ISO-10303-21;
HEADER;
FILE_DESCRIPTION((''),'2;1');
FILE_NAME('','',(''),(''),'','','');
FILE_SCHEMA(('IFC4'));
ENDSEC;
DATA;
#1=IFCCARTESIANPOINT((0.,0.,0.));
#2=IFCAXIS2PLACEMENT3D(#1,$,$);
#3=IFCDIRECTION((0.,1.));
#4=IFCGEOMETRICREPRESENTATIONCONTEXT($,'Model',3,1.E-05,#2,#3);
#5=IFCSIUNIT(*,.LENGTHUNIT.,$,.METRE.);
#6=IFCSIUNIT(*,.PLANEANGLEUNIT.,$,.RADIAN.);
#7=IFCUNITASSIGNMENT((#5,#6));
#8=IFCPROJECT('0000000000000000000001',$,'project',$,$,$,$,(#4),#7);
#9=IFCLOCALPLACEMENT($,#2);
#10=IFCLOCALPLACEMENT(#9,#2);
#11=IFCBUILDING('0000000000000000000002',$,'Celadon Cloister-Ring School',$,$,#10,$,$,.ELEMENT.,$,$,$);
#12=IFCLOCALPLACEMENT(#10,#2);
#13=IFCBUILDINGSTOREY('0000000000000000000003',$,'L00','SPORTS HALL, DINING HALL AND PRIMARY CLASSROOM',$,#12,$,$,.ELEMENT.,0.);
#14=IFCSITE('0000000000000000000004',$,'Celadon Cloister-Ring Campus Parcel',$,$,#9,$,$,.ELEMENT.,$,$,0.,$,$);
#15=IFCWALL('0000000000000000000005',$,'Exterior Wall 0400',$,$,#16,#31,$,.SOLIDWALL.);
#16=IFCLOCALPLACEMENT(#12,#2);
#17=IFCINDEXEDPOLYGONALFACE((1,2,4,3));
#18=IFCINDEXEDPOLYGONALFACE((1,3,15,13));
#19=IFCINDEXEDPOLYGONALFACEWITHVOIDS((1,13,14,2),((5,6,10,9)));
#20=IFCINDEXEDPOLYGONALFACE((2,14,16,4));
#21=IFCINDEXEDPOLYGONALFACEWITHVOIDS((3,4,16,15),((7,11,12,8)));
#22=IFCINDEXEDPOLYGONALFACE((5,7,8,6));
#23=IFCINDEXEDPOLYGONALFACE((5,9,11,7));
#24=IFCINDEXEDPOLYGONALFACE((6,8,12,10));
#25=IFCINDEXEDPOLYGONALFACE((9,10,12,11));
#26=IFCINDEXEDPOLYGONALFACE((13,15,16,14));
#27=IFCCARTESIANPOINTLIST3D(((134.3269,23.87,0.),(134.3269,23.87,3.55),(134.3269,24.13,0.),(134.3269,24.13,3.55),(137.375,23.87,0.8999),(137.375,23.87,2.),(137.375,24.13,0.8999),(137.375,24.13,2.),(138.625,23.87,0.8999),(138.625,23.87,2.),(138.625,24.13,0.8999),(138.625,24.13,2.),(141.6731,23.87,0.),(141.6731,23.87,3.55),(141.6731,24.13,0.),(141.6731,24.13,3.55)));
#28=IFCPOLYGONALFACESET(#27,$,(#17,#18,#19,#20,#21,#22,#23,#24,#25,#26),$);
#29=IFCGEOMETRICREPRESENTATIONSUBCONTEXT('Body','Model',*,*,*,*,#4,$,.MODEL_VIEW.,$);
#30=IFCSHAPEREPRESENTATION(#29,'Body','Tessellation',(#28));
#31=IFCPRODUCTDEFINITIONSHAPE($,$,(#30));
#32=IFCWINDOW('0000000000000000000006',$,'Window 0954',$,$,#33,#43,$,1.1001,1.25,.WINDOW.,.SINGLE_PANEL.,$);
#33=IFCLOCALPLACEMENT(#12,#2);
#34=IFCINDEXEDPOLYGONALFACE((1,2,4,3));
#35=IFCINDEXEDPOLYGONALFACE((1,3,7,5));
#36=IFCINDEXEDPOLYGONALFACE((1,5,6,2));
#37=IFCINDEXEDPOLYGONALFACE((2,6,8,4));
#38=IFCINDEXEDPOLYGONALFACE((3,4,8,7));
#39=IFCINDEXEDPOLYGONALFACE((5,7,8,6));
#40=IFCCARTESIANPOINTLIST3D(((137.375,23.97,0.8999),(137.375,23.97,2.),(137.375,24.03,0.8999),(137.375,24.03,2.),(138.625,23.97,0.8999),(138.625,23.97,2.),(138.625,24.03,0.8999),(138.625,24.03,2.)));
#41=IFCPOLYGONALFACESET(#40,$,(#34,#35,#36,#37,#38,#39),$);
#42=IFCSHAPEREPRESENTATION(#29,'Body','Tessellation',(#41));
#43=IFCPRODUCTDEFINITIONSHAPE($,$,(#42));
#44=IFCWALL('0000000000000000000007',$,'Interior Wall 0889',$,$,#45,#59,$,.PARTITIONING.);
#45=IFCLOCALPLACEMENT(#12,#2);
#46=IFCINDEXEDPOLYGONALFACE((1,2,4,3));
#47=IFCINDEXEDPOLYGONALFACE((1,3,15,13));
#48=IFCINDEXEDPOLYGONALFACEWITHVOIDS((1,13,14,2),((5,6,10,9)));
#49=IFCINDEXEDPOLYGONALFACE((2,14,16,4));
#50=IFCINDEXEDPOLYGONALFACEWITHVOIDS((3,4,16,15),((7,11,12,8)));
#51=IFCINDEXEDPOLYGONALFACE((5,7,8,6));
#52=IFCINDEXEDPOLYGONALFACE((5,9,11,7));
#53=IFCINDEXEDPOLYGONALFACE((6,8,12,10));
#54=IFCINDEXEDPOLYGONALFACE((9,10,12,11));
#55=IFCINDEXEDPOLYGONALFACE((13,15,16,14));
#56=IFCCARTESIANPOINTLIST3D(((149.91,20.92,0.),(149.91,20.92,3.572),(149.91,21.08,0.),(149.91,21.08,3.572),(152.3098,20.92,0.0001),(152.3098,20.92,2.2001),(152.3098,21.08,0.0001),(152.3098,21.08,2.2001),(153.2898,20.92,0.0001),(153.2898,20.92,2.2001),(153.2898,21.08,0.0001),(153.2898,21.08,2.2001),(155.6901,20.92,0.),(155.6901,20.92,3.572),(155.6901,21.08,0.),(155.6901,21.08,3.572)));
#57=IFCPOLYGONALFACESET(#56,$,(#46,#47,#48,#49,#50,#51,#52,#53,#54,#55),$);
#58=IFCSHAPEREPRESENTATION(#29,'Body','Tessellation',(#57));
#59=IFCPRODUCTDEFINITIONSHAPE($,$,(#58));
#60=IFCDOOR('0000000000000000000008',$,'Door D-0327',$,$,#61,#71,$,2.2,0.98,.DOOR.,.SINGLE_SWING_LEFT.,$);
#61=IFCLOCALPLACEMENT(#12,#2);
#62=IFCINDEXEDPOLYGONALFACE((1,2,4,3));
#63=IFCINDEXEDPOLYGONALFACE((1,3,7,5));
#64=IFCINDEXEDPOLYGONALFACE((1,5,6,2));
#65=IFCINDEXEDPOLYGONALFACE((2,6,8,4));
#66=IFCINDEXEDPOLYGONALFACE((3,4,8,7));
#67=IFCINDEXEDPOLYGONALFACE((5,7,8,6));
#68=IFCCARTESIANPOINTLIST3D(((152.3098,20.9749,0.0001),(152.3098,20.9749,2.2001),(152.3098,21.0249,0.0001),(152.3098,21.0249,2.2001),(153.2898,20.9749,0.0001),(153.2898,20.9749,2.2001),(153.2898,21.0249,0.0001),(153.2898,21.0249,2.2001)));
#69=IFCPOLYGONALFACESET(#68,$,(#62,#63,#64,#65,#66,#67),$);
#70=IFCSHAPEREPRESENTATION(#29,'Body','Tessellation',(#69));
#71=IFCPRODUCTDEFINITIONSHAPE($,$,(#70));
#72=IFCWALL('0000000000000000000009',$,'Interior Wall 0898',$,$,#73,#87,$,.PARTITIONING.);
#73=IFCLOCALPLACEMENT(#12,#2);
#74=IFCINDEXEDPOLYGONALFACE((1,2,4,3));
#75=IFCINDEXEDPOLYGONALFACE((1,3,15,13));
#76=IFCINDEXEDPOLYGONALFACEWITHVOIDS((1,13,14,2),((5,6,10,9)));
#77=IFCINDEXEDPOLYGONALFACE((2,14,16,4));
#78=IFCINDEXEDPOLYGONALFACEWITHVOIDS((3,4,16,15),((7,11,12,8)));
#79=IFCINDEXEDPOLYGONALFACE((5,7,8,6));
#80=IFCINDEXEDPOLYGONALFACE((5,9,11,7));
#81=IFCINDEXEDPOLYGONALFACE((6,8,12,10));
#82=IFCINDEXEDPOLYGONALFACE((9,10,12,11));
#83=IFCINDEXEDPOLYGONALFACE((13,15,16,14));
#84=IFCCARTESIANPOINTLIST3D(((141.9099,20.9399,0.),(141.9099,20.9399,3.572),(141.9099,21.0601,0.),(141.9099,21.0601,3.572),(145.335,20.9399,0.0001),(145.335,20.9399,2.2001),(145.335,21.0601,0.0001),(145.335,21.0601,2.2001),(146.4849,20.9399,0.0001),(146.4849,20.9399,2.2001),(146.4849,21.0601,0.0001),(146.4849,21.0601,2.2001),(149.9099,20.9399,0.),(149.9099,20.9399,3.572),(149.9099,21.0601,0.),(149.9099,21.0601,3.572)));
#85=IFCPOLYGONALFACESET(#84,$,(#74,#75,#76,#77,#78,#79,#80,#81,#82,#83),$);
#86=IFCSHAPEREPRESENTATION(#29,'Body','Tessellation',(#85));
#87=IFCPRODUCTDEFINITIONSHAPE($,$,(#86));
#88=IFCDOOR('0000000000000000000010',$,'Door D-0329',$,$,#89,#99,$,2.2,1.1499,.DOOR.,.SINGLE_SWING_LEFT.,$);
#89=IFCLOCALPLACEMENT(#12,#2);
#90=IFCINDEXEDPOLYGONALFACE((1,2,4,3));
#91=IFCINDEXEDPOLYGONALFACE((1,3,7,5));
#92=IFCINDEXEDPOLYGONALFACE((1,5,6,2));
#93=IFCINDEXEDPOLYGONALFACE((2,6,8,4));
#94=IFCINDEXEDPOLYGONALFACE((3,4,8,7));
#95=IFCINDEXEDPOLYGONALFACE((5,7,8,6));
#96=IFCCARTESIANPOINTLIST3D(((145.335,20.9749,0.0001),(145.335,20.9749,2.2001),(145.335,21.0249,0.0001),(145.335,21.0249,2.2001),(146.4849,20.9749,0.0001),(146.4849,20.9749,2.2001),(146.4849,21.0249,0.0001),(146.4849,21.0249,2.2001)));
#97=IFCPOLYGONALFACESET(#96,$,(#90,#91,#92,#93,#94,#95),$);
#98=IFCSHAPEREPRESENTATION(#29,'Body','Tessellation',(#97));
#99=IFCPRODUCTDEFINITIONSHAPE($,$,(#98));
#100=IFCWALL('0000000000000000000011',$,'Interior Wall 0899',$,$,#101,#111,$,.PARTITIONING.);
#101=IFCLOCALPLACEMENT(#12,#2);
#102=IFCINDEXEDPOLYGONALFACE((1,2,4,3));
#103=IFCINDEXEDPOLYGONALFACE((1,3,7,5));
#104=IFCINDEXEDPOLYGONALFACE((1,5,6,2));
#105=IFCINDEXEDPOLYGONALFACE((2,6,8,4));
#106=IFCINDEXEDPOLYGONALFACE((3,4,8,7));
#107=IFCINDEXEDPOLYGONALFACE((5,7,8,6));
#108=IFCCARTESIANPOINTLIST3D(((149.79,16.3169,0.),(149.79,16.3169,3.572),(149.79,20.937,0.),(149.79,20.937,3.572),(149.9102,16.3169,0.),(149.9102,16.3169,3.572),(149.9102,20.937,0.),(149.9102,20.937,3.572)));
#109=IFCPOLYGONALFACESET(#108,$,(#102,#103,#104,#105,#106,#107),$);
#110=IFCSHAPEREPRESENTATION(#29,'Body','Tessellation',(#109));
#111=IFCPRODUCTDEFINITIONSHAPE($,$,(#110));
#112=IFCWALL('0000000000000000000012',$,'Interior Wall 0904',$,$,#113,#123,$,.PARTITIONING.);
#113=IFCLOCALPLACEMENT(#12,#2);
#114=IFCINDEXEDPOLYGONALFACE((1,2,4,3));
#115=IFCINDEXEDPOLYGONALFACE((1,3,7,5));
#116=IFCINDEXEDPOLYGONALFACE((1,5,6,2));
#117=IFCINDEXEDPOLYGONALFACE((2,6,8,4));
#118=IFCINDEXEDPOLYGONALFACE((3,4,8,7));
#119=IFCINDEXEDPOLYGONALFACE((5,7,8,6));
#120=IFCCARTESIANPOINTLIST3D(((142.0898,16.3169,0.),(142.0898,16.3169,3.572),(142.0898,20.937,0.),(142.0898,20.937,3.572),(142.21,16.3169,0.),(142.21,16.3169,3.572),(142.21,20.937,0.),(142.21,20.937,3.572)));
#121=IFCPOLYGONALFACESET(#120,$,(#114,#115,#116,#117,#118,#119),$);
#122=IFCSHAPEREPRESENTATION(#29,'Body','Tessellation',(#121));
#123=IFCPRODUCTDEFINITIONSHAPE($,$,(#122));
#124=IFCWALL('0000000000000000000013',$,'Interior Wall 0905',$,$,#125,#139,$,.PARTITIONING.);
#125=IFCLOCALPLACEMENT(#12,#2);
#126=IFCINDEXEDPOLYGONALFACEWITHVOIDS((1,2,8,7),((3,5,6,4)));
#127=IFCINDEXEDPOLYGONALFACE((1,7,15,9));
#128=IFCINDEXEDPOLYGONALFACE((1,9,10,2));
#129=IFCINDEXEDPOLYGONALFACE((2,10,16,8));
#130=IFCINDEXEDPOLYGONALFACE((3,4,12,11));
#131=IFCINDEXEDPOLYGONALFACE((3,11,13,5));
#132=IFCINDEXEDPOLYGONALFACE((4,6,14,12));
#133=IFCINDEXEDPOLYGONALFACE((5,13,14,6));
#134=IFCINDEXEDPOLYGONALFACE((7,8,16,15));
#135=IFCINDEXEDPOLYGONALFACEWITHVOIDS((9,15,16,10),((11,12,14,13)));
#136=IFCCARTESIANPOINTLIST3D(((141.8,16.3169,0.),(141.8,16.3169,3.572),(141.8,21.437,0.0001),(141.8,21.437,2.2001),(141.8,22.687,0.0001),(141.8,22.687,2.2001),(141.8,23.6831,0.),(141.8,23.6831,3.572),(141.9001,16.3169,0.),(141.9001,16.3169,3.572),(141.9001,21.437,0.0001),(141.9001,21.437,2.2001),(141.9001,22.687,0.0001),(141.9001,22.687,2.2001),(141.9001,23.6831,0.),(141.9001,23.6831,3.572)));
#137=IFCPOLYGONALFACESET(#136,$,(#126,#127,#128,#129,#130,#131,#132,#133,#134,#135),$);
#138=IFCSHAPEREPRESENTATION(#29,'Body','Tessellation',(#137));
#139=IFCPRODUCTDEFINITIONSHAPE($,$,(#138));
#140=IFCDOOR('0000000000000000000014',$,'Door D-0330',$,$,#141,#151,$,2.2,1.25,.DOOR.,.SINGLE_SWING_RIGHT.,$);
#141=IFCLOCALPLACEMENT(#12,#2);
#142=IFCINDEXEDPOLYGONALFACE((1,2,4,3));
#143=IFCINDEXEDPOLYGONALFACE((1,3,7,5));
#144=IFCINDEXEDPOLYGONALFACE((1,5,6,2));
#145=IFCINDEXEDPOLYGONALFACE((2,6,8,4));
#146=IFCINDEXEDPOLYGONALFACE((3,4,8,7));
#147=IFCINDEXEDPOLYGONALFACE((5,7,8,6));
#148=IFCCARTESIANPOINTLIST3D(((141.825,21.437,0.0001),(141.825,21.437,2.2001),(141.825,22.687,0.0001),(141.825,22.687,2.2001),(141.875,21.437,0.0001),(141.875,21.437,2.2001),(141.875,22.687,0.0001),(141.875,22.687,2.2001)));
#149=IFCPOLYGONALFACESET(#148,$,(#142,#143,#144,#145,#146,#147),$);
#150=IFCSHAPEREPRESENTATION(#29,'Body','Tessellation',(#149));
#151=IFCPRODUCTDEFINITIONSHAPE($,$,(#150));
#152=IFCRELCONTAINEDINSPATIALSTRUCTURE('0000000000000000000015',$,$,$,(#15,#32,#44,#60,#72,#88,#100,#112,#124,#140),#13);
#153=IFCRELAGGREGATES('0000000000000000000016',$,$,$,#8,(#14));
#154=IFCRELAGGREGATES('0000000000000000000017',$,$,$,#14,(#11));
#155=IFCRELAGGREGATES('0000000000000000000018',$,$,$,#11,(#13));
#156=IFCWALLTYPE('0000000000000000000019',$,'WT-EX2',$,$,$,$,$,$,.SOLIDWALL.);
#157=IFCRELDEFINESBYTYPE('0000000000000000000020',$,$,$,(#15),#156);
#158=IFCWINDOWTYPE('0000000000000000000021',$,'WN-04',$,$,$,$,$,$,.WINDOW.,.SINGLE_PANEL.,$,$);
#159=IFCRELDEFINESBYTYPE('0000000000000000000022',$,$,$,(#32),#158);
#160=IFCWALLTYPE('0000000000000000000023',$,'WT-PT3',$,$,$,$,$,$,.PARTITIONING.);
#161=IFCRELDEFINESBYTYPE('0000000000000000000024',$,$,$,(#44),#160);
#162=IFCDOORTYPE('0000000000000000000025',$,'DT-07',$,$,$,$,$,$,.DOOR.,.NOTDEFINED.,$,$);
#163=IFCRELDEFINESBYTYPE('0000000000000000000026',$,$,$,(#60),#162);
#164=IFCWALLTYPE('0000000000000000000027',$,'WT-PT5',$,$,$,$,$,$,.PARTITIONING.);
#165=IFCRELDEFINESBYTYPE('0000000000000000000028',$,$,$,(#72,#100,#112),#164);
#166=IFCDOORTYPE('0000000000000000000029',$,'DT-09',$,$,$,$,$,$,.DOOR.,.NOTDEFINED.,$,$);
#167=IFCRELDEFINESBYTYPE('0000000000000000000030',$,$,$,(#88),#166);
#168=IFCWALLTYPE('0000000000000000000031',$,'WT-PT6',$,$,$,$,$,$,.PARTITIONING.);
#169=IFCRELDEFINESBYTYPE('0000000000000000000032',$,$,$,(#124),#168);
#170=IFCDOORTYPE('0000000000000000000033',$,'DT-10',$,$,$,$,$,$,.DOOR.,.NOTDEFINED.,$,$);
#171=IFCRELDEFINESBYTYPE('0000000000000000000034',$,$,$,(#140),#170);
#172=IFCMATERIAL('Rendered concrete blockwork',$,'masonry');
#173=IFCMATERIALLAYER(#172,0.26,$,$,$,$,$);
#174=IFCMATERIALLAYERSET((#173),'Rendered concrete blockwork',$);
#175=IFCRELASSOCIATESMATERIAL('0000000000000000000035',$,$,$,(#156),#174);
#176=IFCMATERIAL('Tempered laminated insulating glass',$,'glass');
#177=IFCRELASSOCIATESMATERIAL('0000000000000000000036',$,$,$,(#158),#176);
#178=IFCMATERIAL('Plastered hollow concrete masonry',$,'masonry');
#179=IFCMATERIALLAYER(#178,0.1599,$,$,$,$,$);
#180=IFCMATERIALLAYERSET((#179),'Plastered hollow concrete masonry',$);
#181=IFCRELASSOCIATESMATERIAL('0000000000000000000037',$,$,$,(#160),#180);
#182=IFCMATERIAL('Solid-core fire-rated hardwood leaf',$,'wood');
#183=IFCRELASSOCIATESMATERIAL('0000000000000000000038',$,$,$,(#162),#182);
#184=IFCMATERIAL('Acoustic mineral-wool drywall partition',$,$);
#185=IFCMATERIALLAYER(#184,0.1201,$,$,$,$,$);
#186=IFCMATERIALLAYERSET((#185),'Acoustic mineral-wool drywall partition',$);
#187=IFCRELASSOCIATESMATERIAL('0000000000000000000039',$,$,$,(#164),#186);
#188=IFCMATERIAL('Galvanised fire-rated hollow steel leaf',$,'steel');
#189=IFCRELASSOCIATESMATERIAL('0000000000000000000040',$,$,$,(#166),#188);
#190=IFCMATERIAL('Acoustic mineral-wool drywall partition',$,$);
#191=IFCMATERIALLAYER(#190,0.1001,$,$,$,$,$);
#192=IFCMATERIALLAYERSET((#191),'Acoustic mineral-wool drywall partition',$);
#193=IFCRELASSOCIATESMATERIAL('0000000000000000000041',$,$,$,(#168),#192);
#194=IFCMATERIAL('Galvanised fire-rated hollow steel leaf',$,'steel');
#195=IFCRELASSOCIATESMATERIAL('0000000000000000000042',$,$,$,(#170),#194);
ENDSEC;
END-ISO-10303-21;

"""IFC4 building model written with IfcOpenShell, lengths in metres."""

from ifc_helpers import new_model, si_unit, direction, frame, frame_2d, origin, place, context, subcontext, project, spatial, rectangle, extrude, material, layer, layer_set, type_object, element, fill, save


model = new_model("IFC4")

# Units and contexts
model_context = context("Model", 3, precision=1e-05, world=origin(), true_north=direction((0.0, 1.0)))
body_context = subcontext(model_context, "Body", "Model", "MODEL_VIEW")
ifc_project = project(units=[si_unit("LENGTHUNIT", "METRE"), si_unit("PLANEANGLEUNIT", "RADIAN")], contexts=[model_context])

# Site, building, storey
site_placement = place(None, origin())
site = spatial("IfcSite", under=ifc_project, at=site_placement, Name="Celadon Cloister-Ring Campus Parcel", CompositionType="ELEMENT", RefElevation=0.0)
building_placement = place(site_placement, origin())
building = spatial("IfcBuilding", under=site, at=building_placement, Name="Celadon Cloister-Ring School", CompositionType="ELEMENT")
storey_placement = place(building_placement, origin())
storey = spatial("IfcBuildingStorey", under=building, at=storey_placement, Name="L00", Description="SPORTS HALL, DINING HALL AND PRIMARY CLASSROOM", CompositionType="ELEMENT", Elevation=0.0)

# Wall, opening, window
ifc_material_1 = material(Name="Rendered concrete blockwork", Category="masonry")
ifc_layer_1 = layer(ifc_material_1, 0.26)
ifc_layer_set_1 = layer_set([ifc_layer_1], Name="Rendered concrete blockwork")
wall_type_1 = type_object("IfcWallType", Name="WT-EX2", PredefinedType="SOLIDWALL", material=ifc_layer_set_1)
wall_1_placement = place(storey_placement, frame((134.3269, 24.0, 0.0), z_axis=(0.0, 0.0, 1.0), x_axis=(1.0, 0.0, 0.0)))
wall_1 = element("IfcWall", 1, at=wall_1_placement, inside=storey, type_object=wall_type_1, Name="Exterior Wall 0400", PredefinedType="SOLIDWALL", context=body_context, shape_type="SweptSolid", body=[
    extrude(rectangle(XDim=7.3462, YDim=0.26, at=frame_2d((3.6731, 0.0))), origin(), (0.0, 0.0, 1.0), 3.55),
])
opening_1_placement = place(wall_1_placement, frame((3.0481, 0.0, 0.8999)))
opening_1 = element("IfcOpeningElement", 2, at=opening_1_placement, cuts=wall_1, PredefinedType="OPENING", context=body_context, shape_type="SweptSolid", body=[
    extrude(rectangle(XDim=1.25, YDim=1.1001, at=frame_2d((0.625, 0.55))), frame((0.0, 0.1401, 0.0), z_axis=(0.0, -1.0, 0.0), x_axis=(1.0, 0.0, 0.0)), (0.0, 0.0, 1.0), 0.28),
])
ifc_material_2 = material(Name="Tempered laminated insulating glass", Category="glass")
window_type = type_object("IfcWindowType", Name="WN-04", PartitioningType="SINGLE_PANEL", PredefinedType="WINDOW", material=ifc_material_2)
window_placement = place(opening_1_placement, origin())
window = element("IfcWindow", 3, at=window_placement, inside=storey, type_object=window_type, Name="Window 0954", OverallHeight=1.1001, OverallWidth=1.25, PartitioningType="SINGLE_PANEL", PredefinedType="WINDOW", context=body_context, shape_type="SweptSolid", body=[
    extrude(rectangle(XDim=1.25, YDim=1.1001, at=frame_2d((0.625, 0.55))), frame((0.0, 0.03, 0.0), z_axis=(0.0, -1.0, 0.0), x_axis=(1.0, 0.0, 0.0)), (0.0, 0.0, 1.0), 0.0601),
])
fill(opening_1, window)

# Walls, openings, doors
ifc_material_3 = material(Name="Plastered hollow concrete masonry", Category="masonry")
ifc_layer_2 = layer(ifc_material_3, 0.1599)
ifc_layer_set_2 = layer_set([ifc_layer_2], Name="Plastered hollow concrete masonry")
wall_type_2 = type_object("IfcWallType", Name="WT-PT3", PredefinedType="PARTITIONING", material=ifc_layer_set_2)
wall_2_placement = place(storey_placement, frame((149.9099, 21.0, 0.0), z_axis=(0.0, 0.0, 1.0), x_axis=(1.0, 0.0, 0.0)))
wall_2 = element("IfcWall", 4, at=wall_2_placement, inside=storey, type_object=wall_type_2, Name="Interior Wall 0889", PredefinedType="PARTITIONING", context=body_context, shape_type="SweptSolid", body=[
    extrude(rectangle(XDim=5.78, YDim=0.1599, at=frame_2d((2.8901, 0.0))), origin(), (0.0, 0.0, 1.0), 3.572),
])
opening_2_placement = place(wall_2_placement, frame((2.3999, 0.0, 0.0)))
opening_2 = element("IfcOpeningElement", 5, at=opening_2_placement, cuts=wall_2, PredefinedType="OPENING", context=body_context, shape_type="SweptSolid", body=[
    extrude(rectangle(XDim=0.98, YDim=2.2, at=frame_2d((0.49, 1.1001))), frame((0.0, 0.0898, 0.0), z_axis=(0.0, -1.0, 0.0), x_axis=(1.0, 0.0, 0.0)), (0.0, 0.0, 1.0), 0.1799),
])
ifc_material_4 = material(Name="Solid-core fire-rated hardwood leaf", Category="wood")
door_type_1 = type_object("IfcDoorType", Name="DT-07", OperationType="NOTDEFINED", PredefinedType="DOOR", material=ifc_material_4)
door_1_placement = place(opening_2_placement, origin())
door_1 = element("IfcDoor", 6, at=door_1_placement, inside=storey, type_object=door_type_1, Name="Door D-0327", OperationType="SINGLE_SWING_LEFT", OverallHeight=2.2, OverallWidth=0.98, PredefinedType="DOOR", context=body_context, shape_type="SweptSolid", body=[
    extrude(rectangle(XDim=0.98, YDim=2.2, at=frame_2d((0.49, 1.1001))), frame((0.0, 0.0249, 0.0), z_axis=(0.0, -1.0, 0.0), x_axis=(1.0, 0.0, 0.0)), (0.0, 0.0, 1.0), 0.05),
])
fill(opening_2, door_1)
ifc_material_5 = material(Name="Acoustic mineral-wool drywall partition")
ifc_layer_3 = layer(ifc_material_5, 0.1201)
ifc_layer_set_3 = layer_set([ifc_layer_3], Name="Acoustic mineral-wool drywall partition")
wall_type_3 = type_object("IfcWallType", Name="WT-PT5", PredefinedType="PARTITIONING", material=ifc_layer_set_3)
wall_3_placement = place(storey_placement, frame((141.9099, 21.0, 0.0), z_axis=(0.0, 0.0, 1.0), x_axis=(1.0, 0.0, 0.0)))
wall_3 = element("IfcWall", 7, at=wall_3_placement, inside=storey, type_object=wall_type_3, Name="Interior Wall 0898", PredefinedType="PARTITIONING", context=body_context, shape_type="SweptSolid", body=[
    extrude(rectangle(XDim=8.0, YDim=0.1201, at=frame_2d((4.0, 0.0))), origin(), (0.0, 0.0, 1.0), 3.572),
])
opening_3_placement = place(wall_3_placement, frame((3.425, 0.0, 0.0)))
opening_3 = element("IfcOpeningElement", 8, at=opening_3_placement, cuts=wall_3, PredefinedType="OPENING", context=body_context, shape_type="SweptSolid", body=[
    extrude(rectangle(XDim=1.1499, YDim=2.2, at=frame_2d((0.575, 1.1001))), frame((0.0, 0.0701, 0.0), z_axis=(0.0, -1.0, 0.0), x_axis=(1.0, 0.0, 0.0)), (0.0, 0.0, 1.0), 0.1401),
])
ifc_material_6 = material(Name="Galvanised fire-rated hollow steel leaf", Category="steel")
door_type_2 = type_object("IfcDoorType", Name="DT-09", OperationType="NOTDEFINED", PredefinedType="DOOR", material=ifc_material_6)
door_2_placement = place(opening_3_placement, origin())
door_2 = element("IfcDoor", 9, at=door_2_placement, inside=storey, type_object=door_type_2, Name="Door D-0329", OperationType="SINGLE_SWING_LEFT", OverallHeight=2.2, OverallWidth=1.1499, PredefinedType="DOOR", context=body_context, shape_type="SweptSolid", body=[
    extrude(rectangle(XDim=1.1499, YDim=2.2, at=frame_2d((0.575, 1.1001))), frame((0.0, 0.0249, 0.0), z_axis=(0.0, -1.0, 0.0), x_axis=(1.0, 0.0, 0.0)), (0.0, 0.0, 1.0), 0.05),
])
fill(opening_3, door_2)

# Walls
for number, where, z_axis, x_axis, name in (
    (10, (149.8501, 20.937, 0.0), (0.0, 0.0, 1.0), (0.0, -1.0, 0.0), "Interior Wall 0899"),
    (11, (142.1499, 16.3169, 0.0), (0.0, 0.0, 1.0), (0.0, 1.0, 0.0), "Interior Wall 0904"),
):
    element("IfcWall", number, at=place(storey_placement, frame(where, z_axis=z_axis, x_axis=x_axis)), inside=storey, type_object=wall_type_3, Name=name, PredefinedType="PARTITIONING", context=body_context, shape_type="SweptSolid", body=[
        extrude(rectangle(XDim=4.6201, YDim=0.1201, at=frame_2d((2.3101, 0.0))), origin(), (0.0, 0.0, 1.0), 3.572),
    ])

# Wall, opening, door
ifc_material_7 = material(Name="Acoustic mineral-wool drywall partition")
ifc_layer_4 = layer(ifc_material_7, 0.1001)
ifc_layer_set_4 = layer_set([ifc_layer_4], Name="Acoustic mineral-wool drywall partition")
wall_type_4 = type_object("IfcWallType", Name="WT-PT6", PredefinedType="PARTITIONING", material=ifc_layer_set_4)
wall_4_placement = place(storey_placement, frame((141.8501, 23.6831, 0.0), z_axis=(0.0, 0.0, 1.0), x_axis=(0.0, -1.0, 0.0)))
wall_4 = element("IfcWall", 12, at=wall_4_placement, inside=storey, type_object=wall_type_4, Name="Interior Wall 0905", PredefinedType="PARTITIONING", context=body_context, shape_type="SweptSolid", body=[
    extrude(rectangle(XDim=7.3662, YDim=0.1001, at=frame_2d((3.6831, 0.0))), origin(), (0.0, 0.0, 1.0), 3.572),
])
opening_4_placement = place(wall_4_placement, frame((0.9961, 0.0, 0.0)))
opening_4 = element("IfcOpeningElement", 13, at=opening_4_placement, cuts=wall_4, PredefinedType="OPENING", context=body_context, shape_type="SweptSolid", body=[
    extrude(rectangle(XDim=1.25, YDim=2.2, at=frame_2d((0.625, 1.1001))), frame((0.0, 0.0601, 0.0), z_axis=(0.0, -1.0, 0.0), x_axis=(1.0, 0.0, 0.0)), (0.0, 0.0, 1.0), 0.1201),
])
ifc_material_8 = material(Name="Galvanised fire-rated hollow steel leaf", Category="steel")
door_type_3 = type_object("IfcDoorType", Name="DT-10", OperationType="NOTDEFINED", PredefinedType="DOOR", material=ifc_material_8)
door_3_placement = place(opening_4_placement, origin())
door_3 = element("IfcDoor", 14, at=door_3_placement, inside=storey, type_object=door_type_3, Name="Door D-0330", OperationType="SINGLE_SWING_RIGHT", OverallHeight=2.2, OverallWidth=1.25, PredefinedType="DOOR", context=body_context, shape_type="SweptSolid", body=[
    extrude(rectangle(XDim=1.25, YDim=2.2, at=frame_2d((0.625, 1.1001))), frame((0.0, 0.0249, 0.0), z_axis=(0.0, -1.0, 0.0), x_axis=(1.0, 0.0, 0.0)), (0.0, 0.0, 1.0), 0.05),
])
fill(opening_4, door_3)

save(model, "model.ifc")
